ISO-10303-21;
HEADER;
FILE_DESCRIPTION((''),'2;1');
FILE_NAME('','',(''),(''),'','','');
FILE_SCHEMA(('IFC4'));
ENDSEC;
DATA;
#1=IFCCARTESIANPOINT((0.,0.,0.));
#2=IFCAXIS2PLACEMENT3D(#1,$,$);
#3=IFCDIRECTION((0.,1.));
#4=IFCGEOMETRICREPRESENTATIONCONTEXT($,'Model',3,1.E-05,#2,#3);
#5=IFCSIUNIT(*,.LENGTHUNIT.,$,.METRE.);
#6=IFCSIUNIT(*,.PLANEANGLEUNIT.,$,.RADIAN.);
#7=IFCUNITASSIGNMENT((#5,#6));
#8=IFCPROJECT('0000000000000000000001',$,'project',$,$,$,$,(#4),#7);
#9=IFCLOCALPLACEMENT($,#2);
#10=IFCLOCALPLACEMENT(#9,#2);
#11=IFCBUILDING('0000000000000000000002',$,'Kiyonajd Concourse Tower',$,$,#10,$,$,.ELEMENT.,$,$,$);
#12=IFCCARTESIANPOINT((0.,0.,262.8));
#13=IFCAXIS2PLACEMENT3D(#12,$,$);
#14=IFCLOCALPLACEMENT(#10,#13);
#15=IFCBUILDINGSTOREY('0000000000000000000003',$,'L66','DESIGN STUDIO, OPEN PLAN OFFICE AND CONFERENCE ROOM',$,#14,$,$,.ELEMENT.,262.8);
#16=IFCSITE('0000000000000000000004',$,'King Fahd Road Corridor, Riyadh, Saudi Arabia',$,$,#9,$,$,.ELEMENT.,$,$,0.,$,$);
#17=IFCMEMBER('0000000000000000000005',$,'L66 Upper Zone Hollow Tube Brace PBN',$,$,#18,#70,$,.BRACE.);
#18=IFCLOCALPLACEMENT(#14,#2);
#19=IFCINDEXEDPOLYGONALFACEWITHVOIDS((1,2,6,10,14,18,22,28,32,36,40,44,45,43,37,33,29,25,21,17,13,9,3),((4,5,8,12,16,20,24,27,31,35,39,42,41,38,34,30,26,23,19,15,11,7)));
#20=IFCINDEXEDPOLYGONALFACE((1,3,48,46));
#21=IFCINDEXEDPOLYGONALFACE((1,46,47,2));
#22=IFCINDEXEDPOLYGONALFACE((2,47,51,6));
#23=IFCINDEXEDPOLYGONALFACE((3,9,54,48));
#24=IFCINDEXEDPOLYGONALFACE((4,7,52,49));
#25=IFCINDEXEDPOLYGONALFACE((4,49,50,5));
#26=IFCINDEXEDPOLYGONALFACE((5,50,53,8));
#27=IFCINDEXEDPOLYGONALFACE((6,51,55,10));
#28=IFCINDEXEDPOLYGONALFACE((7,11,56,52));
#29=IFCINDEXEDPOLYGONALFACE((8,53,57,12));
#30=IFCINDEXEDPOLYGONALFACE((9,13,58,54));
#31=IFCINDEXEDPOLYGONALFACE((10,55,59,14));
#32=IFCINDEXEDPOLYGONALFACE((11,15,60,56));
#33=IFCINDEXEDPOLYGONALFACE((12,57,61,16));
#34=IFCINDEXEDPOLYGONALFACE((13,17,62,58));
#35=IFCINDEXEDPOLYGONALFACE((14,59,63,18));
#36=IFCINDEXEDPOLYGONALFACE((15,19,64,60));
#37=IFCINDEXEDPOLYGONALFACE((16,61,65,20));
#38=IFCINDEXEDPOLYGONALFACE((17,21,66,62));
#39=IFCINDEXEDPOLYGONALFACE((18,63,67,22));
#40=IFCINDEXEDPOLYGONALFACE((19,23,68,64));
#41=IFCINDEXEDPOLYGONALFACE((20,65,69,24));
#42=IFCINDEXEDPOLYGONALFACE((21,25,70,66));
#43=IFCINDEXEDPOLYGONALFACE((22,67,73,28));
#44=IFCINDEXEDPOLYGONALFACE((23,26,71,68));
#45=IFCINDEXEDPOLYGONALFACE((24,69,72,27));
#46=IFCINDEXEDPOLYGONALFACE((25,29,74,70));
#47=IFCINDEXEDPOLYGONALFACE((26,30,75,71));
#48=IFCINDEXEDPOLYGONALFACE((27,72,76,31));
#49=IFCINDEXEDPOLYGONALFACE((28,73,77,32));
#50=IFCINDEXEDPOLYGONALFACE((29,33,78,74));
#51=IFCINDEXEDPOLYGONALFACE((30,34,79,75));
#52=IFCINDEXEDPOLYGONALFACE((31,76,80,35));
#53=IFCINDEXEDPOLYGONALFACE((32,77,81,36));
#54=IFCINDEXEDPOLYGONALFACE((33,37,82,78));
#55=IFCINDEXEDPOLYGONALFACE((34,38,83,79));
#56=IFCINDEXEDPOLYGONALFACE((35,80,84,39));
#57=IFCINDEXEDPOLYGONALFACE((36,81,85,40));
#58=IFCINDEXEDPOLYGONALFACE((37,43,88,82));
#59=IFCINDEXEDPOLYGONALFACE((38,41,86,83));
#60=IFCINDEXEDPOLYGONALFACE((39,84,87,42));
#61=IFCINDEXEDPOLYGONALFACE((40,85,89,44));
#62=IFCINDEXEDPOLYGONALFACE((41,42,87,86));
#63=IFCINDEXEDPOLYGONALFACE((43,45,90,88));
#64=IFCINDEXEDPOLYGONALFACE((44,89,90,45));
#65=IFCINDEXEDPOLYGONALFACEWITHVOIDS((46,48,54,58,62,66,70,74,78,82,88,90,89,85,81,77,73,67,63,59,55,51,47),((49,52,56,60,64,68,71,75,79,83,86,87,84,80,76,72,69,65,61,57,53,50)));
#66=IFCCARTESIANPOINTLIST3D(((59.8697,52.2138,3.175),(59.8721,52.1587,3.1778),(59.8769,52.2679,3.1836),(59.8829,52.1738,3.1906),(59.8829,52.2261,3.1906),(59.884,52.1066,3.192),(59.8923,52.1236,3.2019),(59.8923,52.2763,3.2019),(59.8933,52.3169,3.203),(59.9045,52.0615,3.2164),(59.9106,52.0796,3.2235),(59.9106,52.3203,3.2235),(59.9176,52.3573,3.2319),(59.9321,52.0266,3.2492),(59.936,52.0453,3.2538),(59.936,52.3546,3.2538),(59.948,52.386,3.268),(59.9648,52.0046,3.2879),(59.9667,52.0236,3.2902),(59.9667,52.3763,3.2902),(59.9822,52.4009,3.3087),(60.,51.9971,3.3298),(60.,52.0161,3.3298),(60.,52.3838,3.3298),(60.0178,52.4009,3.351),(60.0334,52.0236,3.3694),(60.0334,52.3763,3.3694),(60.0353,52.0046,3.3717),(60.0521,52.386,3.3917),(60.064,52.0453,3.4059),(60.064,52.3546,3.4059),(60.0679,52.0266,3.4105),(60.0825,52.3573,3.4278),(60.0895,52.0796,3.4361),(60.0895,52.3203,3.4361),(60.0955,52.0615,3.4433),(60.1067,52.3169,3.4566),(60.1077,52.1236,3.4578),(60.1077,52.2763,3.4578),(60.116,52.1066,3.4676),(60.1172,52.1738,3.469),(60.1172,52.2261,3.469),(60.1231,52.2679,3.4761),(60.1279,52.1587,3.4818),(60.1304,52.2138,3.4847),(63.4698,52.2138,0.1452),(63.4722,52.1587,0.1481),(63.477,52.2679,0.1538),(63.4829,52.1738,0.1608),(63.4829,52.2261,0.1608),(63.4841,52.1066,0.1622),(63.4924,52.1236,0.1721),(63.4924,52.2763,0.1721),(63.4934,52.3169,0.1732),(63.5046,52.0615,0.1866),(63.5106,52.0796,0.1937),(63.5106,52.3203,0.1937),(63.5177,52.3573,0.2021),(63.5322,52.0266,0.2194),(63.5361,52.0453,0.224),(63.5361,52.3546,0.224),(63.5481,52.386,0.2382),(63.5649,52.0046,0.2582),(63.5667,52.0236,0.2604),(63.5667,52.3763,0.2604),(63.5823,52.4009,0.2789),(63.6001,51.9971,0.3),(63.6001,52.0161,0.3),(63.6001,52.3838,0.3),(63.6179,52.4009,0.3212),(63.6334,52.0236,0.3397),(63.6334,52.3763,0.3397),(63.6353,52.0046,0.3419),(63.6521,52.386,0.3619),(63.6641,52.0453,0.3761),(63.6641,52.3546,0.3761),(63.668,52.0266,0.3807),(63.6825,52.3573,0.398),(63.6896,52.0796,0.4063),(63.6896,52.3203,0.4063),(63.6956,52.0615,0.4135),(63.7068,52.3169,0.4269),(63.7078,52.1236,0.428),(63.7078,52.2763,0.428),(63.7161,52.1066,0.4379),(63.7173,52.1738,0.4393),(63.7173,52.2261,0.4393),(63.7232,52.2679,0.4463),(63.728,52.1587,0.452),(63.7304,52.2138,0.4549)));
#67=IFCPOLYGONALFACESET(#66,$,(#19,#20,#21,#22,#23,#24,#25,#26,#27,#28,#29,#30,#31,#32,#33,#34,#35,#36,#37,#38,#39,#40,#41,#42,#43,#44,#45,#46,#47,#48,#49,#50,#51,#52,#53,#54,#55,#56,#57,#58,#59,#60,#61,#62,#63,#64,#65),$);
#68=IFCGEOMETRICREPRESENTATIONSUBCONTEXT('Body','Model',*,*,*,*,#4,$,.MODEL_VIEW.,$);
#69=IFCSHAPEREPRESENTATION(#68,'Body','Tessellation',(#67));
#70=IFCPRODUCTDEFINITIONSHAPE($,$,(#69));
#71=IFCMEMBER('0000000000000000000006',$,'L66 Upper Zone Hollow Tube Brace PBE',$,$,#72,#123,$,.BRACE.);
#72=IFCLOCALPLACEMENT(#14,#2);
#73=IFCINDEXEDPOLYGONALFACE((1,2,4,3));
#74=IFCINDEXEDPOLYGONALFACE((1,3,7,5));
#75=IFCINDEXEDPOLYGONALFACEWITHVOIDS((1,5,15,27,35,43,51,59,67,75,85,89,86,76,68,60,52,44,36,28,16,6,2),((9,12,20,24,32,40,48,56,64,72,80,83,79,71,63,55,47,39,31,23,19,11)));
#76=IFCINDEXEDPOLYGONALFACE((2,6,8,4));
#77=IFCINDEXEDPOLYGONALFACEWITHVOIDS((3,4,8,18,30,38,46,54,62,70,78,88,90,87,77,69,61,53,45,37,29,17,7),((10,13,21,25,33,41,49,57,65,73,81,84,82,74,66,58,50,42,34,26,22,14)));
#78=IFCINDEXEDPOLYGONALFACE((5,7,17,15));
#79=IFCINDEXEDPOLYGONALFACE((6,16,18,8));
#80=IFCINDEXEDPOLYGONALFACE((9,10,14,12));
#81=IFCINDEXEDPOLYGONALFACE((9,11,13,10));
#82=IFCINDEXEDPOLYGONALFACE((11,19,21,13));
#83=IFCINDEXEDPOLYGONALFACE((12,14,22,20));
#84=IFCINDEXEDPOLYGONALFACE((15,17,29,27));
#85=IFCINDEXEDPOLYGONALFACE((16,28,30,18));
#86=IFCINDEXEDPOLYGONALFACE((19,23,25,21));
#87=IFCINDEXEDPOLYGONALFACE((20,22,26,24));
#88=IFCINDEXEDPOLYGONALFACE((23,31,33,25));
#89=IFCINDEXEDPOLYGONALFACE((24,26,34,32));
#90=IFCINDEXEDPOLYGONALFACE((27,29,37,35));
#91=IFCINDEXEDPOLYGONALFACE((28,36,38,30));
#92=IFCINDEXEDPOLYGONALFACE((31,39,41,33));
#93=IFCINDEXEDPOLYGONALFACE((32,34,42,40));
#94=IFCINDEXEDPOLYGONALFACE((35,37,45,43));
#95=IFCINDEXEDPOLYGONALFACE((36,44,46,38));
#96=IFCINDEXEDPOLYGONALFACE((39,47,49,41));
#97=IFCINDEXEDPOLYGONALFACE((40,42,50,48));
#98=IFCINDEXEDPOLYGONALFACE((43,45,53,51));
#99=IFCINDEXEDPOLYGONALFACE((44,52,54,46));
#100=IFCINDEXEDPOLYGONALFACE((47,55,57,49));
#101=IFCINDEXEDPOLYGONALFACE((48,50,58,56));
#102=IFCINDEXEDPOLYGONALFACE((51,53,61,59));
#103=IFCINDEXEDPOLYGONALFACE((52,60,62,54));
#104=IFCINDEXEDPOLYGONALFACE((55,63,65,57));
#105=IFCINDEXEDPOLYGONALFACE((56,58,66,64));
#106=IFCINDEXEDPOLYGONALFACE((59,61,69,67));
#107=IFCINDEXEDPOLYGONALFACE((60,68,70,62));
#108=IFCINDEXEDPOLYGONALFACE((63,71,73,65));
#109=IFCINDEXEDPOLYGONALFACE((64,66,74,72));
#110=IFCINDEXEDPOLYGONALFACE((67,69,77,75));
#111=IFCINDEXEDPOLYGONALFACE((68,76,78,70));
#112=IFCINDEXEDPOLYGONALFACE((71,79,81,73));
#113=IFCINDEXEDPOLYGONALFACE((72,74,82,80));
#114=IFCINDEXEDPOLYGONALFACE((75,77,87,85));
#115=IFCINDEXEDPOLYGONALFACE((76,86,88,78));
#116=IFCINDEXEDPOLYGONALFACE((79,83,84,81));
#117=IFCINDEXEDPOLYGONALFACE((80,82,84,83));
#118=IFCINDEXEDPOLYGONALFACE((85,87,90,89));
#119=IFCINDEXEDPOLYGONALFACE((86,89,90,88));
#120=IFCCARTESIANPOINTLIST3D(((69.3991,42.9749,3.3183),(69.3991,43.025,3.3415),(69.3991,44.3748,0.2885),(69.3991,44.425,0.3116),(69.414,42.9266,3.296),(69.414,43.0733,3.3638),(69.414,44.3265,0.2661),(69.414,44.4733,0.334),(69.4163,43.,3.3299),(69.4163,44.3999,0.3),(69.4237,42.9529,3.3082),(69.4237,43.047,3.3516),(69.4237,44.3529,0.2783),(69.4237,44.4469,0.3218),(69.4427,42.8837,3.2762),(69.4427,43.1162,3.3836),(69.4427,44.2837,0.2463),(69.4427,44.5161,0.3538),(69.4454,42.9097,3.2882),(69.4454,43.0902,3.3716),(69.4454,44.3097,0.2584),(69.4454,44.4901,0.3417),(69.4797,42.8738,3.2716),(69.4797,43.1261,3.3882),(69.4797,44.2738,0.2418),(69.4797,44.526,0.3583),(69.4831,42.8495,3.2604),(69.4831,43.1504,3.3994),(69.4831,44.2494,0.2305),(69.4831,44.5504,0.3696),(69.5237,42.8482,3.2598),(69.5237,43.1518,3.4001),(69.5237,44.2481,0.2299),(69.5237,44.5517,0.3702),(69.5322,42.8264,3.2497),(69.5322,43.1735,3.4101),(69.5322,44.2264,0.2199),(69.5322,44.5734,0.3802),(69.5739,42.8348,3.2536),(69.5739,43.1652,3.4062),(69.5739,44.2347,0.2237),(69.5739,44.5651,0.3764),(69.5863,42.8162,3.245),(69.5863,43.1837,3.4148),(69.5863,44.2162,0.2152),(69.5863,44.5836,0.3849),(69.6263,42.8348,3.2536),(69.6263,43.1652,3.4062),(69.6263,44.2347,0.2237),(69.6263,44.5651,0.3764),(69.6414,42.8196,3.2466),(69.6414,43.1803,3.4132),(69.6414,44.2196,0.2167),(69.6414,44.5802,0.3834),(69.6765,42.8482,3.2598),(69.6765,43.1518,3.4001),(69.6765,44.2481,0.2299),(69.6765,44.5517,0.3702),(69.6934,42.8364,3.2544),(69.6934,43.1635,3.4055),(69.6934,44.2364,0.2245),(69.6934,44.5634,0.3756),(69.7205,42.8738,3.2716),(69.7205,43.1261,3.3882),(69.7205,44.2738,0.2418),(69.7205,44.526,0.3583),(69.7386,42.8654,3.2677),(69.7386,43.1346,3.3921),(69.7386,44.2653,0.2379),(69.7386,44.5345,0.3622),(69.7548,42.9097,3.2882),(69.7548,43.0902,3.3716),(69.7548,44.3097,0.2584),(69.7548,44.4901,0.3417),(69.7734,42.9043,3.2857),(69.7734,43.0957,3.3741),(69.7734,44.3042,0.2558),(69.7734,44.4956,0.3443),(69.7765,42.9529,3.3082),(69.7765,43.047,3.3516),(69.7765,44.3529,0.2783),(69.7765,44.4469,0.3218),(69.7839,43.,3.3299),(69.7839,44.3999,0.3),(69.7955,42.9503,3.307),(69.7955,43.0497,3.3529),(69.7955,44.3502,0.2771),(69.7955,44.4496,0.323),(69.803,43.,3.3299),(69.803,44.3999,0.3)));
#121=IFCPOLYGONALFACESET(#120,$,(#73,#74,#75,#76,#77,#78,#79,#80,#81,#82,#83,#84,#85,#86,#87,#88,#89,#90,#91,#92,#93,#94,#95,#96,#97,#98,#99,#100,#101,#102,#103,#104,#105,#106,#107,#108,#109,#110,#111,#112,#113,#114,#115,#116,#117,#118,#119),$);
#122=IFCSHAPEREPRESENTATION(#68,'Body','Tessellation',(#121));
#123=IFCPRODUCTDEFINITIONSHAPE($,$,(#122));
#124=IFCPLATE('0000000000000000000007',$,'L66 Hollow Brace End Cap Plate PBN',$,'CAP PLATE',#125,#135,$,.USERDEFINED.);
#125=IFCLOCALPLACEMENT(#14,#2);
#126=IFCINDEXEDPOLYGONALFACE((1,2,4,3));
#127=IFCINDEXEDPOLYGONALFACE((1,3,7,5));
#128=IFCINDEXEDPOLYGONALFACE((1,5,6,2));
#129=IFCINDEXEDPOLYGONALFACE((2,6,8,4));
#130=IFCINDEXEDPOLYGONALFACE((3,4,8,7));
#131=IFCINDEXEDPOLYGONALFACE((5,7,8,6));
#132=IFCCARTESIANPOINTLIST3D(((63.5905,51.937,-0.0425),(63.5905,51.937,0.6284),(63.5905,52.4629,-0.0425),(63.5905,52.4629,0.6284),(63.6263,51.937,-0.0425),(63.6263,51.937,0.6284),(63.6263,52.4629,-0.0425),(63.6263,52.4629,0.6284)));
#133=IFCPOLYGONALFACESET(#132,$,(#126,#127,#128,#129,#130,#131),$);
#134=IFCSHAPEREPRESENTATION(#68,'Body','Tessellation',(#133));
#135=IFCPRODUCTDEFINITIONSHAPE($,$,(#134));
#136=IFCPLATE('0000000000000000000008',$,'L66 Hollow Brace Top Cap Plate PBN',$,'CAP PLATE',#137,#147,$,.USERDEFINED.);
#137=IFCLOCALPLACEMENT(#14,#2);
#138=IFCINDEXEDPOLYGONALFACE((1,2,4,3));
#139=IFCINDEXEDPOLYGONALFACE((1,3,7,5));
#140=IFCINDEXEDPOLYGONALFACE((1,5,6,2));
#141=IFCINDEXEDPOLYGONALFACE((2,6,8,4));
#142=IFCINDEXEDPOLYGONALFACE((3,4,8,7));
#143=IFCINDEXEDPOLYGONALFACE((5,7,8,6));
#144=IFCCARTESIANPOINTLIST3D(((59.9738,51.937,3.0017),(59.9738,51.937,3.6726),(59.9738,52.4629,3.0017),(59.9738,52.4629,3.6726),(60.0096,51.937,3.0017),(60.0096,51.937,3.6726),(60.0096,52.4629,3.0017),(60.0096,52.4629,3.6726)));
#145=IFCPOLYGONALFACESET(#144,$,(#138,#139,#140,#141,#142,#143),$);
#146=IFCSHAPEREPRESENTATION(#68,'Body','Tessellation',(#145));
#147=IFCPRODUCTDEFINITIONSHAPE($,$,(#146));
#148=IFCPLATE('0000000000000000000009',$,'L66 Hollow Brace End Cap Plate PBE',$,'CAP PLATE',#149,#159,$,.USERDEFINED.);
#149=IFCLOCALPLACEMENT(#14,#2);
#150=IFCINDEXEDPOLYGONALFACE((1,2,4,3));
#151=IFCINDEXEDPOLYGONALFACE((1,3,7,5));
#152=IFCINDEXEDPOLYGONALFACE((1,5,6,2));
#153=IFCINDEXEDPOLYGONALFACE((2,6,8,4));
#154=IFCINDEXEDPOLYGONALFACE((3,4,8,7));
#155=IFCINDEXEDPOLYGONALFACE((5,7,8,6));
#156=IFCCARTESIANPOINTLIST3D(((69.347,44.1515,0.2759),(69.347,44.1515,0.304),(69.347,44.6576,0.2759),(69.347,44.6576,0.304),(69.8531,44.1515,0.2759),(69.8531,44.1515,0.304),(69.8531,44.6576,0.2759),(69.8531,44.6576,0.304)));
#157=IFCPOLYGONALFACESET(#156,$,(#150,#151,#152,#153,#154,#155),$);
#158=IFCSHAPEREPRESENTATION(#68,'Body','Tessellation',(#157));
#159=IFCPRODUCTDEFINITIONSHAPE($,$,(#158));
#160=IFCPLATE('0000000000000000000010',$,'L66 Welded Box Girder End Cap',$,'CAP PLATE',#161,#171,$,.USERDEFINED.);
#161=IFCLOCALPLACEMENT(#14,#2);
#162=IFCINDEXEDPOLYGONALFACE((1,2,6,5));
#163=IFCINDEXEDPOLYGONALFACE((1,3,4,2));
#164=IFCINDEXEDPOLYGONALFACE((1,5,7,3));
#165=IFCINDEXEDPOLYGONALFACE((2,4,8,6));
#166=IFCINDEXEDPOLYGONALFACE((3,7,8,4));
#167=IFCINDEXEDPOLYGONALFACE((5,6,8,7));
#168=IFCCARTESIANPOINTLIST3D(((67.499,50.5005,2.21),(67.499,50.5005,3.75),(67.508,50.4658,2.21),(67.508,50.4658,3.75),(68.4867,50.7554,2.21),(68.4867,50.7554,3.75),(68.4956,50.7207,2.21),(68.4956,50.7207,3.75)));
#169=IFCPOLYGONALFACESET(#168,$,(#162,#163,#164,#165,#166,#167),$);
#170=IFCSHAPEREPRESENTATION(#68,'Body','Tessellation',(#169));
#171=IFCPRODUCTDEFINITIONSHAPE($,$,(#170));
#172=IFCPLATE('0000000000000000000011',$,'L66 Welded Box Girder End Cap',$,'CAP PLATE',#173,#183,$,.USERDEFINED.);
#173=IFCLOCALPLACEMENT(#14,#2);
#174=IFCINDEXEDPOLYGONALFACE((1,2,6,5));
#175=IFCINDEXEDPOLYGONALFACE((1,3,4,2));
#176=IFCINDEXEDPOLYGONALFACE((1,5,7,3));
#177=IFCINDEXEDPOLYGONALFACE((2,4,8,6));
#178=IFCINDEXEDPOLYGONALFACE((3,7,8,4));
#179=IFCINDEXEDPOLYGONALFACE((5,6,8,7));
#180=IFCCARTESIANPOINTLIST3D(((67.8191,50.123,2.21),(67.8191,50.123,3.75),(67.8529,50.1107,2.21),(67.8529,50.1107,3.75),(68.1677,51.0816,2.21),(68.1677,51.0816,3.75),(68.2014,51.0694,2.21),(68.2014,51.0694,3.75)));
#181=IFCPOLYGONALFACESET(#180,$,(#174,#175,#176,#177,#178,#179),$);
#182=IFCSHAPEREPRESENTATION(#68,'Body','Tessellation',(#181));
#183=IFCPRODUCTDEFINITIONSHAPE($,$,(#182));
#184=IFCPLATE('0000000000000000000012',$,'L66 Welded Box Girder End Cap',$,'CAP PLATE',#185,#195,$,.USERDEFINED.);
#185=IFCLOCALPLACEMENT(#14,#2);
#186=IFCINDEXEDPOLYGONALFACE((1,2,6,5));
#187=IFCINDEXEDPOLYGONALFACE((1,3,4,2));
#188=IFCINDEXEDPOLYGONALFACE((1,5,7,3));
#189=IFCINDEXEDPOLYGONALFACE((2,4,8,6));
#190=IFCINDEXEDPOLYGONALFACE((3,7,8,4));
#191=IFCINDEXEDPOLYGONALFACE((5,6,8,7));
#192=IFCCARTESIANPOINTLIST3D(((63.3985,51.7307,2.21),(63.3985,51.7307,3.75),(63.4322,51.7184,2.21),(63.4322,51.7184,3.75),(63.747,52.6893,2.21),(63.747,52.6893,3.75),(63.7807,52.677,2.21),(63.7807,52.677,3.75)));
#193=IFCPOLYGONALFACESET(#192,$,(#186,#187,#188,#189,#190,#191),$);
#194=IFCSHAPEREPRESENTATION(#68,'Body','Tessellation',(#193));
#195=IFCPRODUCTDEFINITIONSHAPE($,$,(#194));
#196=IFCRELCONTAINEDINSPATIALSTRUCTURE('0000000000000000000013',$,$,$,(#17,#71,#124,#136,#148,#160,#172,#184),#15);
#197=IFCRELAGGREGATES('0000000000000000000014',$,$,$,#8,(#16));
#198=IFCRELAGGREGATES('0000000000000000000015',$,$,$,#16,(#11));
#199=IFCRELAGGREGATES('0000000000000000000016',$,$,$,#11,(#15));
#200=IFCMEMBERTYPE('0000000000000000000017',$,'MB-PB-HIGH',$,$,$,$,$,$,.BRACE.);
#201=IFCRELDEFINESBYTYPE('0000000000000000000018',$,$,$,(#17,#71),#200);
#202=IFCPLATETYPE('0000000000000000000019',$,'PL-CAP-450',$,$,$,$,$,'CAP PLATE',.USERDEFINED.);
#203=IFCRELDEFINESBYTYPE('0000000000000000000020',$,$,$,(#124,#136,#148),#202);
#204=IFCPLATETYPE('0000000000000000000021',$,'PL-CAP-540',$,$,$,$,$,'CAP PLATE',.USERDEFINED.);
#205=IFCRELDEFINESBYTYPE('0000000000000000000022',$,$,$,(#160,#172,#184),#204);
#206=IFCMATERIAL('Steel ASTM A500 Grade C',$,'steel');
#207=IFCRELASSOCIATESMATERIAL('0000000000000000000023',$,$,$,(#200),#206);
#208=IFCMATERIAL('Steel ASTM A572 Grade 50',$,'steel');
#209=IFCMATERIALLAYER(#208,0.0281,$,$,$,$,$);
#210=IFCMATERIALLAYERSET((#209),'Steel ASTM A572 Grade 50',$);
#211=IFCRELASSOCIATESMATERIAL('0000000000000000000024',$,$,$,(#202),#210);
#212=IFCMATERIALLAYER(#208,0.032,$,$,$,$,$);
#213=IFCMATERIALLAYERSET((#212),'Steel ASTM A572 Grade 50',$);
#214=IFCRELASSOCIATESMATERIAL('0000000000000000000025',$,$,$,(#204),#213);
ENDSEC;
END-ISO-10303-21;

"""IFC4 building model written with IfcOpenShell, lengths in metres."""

from ifc_helpers import new_model, si_unit, direction, frame, origin, origin_2d, place, context, subcontext, project, spatial, rectangle, hollow_circle, extrude, material, layer, layer_set, material_profile, profile_set, type_object, element, save


model = new_model("IFC4")

# Units and contexts
model_context = context("Model", 3, precision=1e-05, world=origin(), true_north=direction((0.0, 1.0)))
body_context = subcontext(model_context, "Body", "Model", "MODEL_VIEW")
ifc_project = project(units=[si_unit("LENGTHUNIT", "METRE"), si_unit("PLANEANGLEUNIT", "RADIAN")], contexts=[model_context])

# Site, building, storey
site_placement = place(None, origin())
site = spatial("IfcSite", under=ifc_project, at=site_placement, Name="King Fahd Road Corridor, Riyadh, Saudi Arabia", CompositionType="ELEMENT", RefElevation=0.0)
building_placement = place(site_placement, origin())
building = spatial("IfcBuilding", under=site, at=building_placement, Name="Kiyonajd Concourse Tower", CompositionType="ELEMENT")
storey_placement = place(building_placement, frame((0.0, 0.0, 262.8)))
storey = spatial("IfcBuildingStorey", under=building, at=storey_placement, Name="L66", Description="DESIGN STUDIO, OPEN PLAN OFFICE AND CONFERENCE ROOM", CompositionType="ELEMENT", Elevation=262.8)

# Shared definitions
ifc_material_1 = material(Name="Steel ASTM A572 Grade 50", Category="steel")

# Members
ifc_material_2 = material(Name="Steel ASTM A500 Grade C", Category="steel")
ifc_material_profile_1 = material_profile(ifc_material_2, hollow_circle(Radius=0.2029, WallThickness=0.019, at=origin_2d()), Name="CHS-406x19")
ifc_profile_set_1 = profile_set([ifc_material_profile_1], Name="Steel ASTM A500 Grade C")
member_type = type_object("IfcMemberType", Name="MB-PB-HIGH", PredefinedType="BRACE", material=ifc_profile_set_1)
member_1_placement = place(storey_placement, frame((63.6001, 52.2, 0.3), z_axis=(-0.765108, 0.0, 0.643902), x_axis=(0.0, -1.0, 0.0)))
element("IfcMember", 1, at=member_1_placement, inside=storey, type_object=member_type, Name="L66 Upper Zone Hollow Tube Brace PBN", PredefinedType="BRACE", context=body_context, shape_type="SweptSolid", body=[
    extrude(hollow_circle(Radius=0.2029, WallThickness=0.019, at=origin_2d()), origin(), (0.0, 0.0, 1.0), 4.7053),
])
member_2_placement = place(storey_placement, frame((69.6001, 44.3999, 0.3), z_axis=(0.0, -0.419439, 0.907784), x_axis=(1.0, 0.0, 0.0)))
element("IfcMember", 2, at=member_2_placement, inside=storey, type_object=member_type, Name="L66 Upper Zone Hollow Tube Brace PBE", PredefinedType="BRACE", context=body_context, shape_type="SweptSolid", body=[
    extrude(hollow_circle(Radius=0.2029, WallThickness=0.019, at=origin_2d()), origin(), (0.0, 0.0, 1.0), 3.3376),
])

# Plates
ifc_layer_1 = layer(ifc_material_1, 0.0281)
ifc_layer_set_1 = layer_set([ifc_layer_1], Name="Steel ASTM A572 Grade 50")
plate_type_1 = type_object("IfcPlateType", Name="PL-CAP-450", ElementType="CAP PLATE", PredefinedType="USERDEFINED", material=ifc_layer_set_1)
for number, where, z_axis, x_axis, name in (
    (3, (63.6084, 52.2, -0.0425), (0.0, 0.0, 1.0), (1.0, 0.0, 0.0), "L66 Hollow Brace End Cap Plate PBN"),
    (4, (59.9917, 52.2, 3.0017), (0.0, 0.0, 1.0), (-1.0, 0.0, 0.0), "L66 Hollow Brace Top Cap Plate PBN"),
):
    element("IfcPlate", number, at=place(storey_placement, frame(where, z_axis=z_axis, x_axis=x_axis)), inside=storey, type_object=plate_type_1, Name=name, ObjectType="CAP PLATE", PredefinedType="USERDEFINED", context=body_context, shape_type="SweptSolid", body=[
        extrude(rectangle(XDim=0.0359, YDim=0.5259, at=origin_2d()), origin(), (0.0, 0.0, 1.0), 0.6709),
    ])
plate_placement = place(storey_placement, frame((69.6001, 44.4045, 0.2759), z_axis=(0.0, 0.0, 1.0), x_axis=(1.0, 0.0, 0.0)))
element("IfcPlate", 5, at=plate_placement, inside=storey, type_object=plate_type_1, Name="L66 Hollow Brace End Cap Plate PBE", ObjectType="CAP PLATE", PredefinedType="USERDEFINED", context=body_context, shape_type="SweptSolid", body=[
    extrude(rectangle(XDim=0.5061, YDim=0.5061, at=origin_2d()), origin(), (0.0, 0.0, 1.0), 0.0281),
])
ifc_layer_2 = layer(ifc_material_1, 0.032)
ifc_layer_set_2 = layer_set([ifc_layer_2], Name="Steel ASTM A572 Grade 50")
plate_type_2 = type_object("IfcPlateType", Name="PL-CAP-540", ElementType="CAP PLATE", PredefinedType="USERDEFINED", material=ifc_layer_set_2)
for number, where, z_axis, x_axis, name in (
    (6, (67.9973, 50.6106, 2.21), (0.0, 0.0, 1.0), (-0.249873, 0.968279, 0.0), "L66 Welded Box Girder End Cap"),
    (7, (68.0103, 50.5962, 2.21), (0.0, 0.0, 1.0), (0.939812, -0.341692, 0.0), "L66 Welded Box Girder End Cap"),
    (8, (63.5896, 52.2039, 2.21), (0.0, 0.0, 1.0), (-0.939812, 0.341692, 0.0), "L66 Welded Box Girder End Cap"),
):
    element("IfcPlate", number, at=place(storey_placement, frame(where, z_axis=z_axis, x_axis=x_axis)), inside=storey, type_object=plate_type_2, Name=name, ObjectType="CAP PLATE", PredefinedType="USERDEFINED", context=body_context, shape_type="SweptSolid", body=[
        extrude(rectangle(XDim=0.0359, YDim=1.02, at=origin_2d()), origin(), (0.0, 0.0, 1.0), 1.54),
    ])

save(model, "model.ifc")
